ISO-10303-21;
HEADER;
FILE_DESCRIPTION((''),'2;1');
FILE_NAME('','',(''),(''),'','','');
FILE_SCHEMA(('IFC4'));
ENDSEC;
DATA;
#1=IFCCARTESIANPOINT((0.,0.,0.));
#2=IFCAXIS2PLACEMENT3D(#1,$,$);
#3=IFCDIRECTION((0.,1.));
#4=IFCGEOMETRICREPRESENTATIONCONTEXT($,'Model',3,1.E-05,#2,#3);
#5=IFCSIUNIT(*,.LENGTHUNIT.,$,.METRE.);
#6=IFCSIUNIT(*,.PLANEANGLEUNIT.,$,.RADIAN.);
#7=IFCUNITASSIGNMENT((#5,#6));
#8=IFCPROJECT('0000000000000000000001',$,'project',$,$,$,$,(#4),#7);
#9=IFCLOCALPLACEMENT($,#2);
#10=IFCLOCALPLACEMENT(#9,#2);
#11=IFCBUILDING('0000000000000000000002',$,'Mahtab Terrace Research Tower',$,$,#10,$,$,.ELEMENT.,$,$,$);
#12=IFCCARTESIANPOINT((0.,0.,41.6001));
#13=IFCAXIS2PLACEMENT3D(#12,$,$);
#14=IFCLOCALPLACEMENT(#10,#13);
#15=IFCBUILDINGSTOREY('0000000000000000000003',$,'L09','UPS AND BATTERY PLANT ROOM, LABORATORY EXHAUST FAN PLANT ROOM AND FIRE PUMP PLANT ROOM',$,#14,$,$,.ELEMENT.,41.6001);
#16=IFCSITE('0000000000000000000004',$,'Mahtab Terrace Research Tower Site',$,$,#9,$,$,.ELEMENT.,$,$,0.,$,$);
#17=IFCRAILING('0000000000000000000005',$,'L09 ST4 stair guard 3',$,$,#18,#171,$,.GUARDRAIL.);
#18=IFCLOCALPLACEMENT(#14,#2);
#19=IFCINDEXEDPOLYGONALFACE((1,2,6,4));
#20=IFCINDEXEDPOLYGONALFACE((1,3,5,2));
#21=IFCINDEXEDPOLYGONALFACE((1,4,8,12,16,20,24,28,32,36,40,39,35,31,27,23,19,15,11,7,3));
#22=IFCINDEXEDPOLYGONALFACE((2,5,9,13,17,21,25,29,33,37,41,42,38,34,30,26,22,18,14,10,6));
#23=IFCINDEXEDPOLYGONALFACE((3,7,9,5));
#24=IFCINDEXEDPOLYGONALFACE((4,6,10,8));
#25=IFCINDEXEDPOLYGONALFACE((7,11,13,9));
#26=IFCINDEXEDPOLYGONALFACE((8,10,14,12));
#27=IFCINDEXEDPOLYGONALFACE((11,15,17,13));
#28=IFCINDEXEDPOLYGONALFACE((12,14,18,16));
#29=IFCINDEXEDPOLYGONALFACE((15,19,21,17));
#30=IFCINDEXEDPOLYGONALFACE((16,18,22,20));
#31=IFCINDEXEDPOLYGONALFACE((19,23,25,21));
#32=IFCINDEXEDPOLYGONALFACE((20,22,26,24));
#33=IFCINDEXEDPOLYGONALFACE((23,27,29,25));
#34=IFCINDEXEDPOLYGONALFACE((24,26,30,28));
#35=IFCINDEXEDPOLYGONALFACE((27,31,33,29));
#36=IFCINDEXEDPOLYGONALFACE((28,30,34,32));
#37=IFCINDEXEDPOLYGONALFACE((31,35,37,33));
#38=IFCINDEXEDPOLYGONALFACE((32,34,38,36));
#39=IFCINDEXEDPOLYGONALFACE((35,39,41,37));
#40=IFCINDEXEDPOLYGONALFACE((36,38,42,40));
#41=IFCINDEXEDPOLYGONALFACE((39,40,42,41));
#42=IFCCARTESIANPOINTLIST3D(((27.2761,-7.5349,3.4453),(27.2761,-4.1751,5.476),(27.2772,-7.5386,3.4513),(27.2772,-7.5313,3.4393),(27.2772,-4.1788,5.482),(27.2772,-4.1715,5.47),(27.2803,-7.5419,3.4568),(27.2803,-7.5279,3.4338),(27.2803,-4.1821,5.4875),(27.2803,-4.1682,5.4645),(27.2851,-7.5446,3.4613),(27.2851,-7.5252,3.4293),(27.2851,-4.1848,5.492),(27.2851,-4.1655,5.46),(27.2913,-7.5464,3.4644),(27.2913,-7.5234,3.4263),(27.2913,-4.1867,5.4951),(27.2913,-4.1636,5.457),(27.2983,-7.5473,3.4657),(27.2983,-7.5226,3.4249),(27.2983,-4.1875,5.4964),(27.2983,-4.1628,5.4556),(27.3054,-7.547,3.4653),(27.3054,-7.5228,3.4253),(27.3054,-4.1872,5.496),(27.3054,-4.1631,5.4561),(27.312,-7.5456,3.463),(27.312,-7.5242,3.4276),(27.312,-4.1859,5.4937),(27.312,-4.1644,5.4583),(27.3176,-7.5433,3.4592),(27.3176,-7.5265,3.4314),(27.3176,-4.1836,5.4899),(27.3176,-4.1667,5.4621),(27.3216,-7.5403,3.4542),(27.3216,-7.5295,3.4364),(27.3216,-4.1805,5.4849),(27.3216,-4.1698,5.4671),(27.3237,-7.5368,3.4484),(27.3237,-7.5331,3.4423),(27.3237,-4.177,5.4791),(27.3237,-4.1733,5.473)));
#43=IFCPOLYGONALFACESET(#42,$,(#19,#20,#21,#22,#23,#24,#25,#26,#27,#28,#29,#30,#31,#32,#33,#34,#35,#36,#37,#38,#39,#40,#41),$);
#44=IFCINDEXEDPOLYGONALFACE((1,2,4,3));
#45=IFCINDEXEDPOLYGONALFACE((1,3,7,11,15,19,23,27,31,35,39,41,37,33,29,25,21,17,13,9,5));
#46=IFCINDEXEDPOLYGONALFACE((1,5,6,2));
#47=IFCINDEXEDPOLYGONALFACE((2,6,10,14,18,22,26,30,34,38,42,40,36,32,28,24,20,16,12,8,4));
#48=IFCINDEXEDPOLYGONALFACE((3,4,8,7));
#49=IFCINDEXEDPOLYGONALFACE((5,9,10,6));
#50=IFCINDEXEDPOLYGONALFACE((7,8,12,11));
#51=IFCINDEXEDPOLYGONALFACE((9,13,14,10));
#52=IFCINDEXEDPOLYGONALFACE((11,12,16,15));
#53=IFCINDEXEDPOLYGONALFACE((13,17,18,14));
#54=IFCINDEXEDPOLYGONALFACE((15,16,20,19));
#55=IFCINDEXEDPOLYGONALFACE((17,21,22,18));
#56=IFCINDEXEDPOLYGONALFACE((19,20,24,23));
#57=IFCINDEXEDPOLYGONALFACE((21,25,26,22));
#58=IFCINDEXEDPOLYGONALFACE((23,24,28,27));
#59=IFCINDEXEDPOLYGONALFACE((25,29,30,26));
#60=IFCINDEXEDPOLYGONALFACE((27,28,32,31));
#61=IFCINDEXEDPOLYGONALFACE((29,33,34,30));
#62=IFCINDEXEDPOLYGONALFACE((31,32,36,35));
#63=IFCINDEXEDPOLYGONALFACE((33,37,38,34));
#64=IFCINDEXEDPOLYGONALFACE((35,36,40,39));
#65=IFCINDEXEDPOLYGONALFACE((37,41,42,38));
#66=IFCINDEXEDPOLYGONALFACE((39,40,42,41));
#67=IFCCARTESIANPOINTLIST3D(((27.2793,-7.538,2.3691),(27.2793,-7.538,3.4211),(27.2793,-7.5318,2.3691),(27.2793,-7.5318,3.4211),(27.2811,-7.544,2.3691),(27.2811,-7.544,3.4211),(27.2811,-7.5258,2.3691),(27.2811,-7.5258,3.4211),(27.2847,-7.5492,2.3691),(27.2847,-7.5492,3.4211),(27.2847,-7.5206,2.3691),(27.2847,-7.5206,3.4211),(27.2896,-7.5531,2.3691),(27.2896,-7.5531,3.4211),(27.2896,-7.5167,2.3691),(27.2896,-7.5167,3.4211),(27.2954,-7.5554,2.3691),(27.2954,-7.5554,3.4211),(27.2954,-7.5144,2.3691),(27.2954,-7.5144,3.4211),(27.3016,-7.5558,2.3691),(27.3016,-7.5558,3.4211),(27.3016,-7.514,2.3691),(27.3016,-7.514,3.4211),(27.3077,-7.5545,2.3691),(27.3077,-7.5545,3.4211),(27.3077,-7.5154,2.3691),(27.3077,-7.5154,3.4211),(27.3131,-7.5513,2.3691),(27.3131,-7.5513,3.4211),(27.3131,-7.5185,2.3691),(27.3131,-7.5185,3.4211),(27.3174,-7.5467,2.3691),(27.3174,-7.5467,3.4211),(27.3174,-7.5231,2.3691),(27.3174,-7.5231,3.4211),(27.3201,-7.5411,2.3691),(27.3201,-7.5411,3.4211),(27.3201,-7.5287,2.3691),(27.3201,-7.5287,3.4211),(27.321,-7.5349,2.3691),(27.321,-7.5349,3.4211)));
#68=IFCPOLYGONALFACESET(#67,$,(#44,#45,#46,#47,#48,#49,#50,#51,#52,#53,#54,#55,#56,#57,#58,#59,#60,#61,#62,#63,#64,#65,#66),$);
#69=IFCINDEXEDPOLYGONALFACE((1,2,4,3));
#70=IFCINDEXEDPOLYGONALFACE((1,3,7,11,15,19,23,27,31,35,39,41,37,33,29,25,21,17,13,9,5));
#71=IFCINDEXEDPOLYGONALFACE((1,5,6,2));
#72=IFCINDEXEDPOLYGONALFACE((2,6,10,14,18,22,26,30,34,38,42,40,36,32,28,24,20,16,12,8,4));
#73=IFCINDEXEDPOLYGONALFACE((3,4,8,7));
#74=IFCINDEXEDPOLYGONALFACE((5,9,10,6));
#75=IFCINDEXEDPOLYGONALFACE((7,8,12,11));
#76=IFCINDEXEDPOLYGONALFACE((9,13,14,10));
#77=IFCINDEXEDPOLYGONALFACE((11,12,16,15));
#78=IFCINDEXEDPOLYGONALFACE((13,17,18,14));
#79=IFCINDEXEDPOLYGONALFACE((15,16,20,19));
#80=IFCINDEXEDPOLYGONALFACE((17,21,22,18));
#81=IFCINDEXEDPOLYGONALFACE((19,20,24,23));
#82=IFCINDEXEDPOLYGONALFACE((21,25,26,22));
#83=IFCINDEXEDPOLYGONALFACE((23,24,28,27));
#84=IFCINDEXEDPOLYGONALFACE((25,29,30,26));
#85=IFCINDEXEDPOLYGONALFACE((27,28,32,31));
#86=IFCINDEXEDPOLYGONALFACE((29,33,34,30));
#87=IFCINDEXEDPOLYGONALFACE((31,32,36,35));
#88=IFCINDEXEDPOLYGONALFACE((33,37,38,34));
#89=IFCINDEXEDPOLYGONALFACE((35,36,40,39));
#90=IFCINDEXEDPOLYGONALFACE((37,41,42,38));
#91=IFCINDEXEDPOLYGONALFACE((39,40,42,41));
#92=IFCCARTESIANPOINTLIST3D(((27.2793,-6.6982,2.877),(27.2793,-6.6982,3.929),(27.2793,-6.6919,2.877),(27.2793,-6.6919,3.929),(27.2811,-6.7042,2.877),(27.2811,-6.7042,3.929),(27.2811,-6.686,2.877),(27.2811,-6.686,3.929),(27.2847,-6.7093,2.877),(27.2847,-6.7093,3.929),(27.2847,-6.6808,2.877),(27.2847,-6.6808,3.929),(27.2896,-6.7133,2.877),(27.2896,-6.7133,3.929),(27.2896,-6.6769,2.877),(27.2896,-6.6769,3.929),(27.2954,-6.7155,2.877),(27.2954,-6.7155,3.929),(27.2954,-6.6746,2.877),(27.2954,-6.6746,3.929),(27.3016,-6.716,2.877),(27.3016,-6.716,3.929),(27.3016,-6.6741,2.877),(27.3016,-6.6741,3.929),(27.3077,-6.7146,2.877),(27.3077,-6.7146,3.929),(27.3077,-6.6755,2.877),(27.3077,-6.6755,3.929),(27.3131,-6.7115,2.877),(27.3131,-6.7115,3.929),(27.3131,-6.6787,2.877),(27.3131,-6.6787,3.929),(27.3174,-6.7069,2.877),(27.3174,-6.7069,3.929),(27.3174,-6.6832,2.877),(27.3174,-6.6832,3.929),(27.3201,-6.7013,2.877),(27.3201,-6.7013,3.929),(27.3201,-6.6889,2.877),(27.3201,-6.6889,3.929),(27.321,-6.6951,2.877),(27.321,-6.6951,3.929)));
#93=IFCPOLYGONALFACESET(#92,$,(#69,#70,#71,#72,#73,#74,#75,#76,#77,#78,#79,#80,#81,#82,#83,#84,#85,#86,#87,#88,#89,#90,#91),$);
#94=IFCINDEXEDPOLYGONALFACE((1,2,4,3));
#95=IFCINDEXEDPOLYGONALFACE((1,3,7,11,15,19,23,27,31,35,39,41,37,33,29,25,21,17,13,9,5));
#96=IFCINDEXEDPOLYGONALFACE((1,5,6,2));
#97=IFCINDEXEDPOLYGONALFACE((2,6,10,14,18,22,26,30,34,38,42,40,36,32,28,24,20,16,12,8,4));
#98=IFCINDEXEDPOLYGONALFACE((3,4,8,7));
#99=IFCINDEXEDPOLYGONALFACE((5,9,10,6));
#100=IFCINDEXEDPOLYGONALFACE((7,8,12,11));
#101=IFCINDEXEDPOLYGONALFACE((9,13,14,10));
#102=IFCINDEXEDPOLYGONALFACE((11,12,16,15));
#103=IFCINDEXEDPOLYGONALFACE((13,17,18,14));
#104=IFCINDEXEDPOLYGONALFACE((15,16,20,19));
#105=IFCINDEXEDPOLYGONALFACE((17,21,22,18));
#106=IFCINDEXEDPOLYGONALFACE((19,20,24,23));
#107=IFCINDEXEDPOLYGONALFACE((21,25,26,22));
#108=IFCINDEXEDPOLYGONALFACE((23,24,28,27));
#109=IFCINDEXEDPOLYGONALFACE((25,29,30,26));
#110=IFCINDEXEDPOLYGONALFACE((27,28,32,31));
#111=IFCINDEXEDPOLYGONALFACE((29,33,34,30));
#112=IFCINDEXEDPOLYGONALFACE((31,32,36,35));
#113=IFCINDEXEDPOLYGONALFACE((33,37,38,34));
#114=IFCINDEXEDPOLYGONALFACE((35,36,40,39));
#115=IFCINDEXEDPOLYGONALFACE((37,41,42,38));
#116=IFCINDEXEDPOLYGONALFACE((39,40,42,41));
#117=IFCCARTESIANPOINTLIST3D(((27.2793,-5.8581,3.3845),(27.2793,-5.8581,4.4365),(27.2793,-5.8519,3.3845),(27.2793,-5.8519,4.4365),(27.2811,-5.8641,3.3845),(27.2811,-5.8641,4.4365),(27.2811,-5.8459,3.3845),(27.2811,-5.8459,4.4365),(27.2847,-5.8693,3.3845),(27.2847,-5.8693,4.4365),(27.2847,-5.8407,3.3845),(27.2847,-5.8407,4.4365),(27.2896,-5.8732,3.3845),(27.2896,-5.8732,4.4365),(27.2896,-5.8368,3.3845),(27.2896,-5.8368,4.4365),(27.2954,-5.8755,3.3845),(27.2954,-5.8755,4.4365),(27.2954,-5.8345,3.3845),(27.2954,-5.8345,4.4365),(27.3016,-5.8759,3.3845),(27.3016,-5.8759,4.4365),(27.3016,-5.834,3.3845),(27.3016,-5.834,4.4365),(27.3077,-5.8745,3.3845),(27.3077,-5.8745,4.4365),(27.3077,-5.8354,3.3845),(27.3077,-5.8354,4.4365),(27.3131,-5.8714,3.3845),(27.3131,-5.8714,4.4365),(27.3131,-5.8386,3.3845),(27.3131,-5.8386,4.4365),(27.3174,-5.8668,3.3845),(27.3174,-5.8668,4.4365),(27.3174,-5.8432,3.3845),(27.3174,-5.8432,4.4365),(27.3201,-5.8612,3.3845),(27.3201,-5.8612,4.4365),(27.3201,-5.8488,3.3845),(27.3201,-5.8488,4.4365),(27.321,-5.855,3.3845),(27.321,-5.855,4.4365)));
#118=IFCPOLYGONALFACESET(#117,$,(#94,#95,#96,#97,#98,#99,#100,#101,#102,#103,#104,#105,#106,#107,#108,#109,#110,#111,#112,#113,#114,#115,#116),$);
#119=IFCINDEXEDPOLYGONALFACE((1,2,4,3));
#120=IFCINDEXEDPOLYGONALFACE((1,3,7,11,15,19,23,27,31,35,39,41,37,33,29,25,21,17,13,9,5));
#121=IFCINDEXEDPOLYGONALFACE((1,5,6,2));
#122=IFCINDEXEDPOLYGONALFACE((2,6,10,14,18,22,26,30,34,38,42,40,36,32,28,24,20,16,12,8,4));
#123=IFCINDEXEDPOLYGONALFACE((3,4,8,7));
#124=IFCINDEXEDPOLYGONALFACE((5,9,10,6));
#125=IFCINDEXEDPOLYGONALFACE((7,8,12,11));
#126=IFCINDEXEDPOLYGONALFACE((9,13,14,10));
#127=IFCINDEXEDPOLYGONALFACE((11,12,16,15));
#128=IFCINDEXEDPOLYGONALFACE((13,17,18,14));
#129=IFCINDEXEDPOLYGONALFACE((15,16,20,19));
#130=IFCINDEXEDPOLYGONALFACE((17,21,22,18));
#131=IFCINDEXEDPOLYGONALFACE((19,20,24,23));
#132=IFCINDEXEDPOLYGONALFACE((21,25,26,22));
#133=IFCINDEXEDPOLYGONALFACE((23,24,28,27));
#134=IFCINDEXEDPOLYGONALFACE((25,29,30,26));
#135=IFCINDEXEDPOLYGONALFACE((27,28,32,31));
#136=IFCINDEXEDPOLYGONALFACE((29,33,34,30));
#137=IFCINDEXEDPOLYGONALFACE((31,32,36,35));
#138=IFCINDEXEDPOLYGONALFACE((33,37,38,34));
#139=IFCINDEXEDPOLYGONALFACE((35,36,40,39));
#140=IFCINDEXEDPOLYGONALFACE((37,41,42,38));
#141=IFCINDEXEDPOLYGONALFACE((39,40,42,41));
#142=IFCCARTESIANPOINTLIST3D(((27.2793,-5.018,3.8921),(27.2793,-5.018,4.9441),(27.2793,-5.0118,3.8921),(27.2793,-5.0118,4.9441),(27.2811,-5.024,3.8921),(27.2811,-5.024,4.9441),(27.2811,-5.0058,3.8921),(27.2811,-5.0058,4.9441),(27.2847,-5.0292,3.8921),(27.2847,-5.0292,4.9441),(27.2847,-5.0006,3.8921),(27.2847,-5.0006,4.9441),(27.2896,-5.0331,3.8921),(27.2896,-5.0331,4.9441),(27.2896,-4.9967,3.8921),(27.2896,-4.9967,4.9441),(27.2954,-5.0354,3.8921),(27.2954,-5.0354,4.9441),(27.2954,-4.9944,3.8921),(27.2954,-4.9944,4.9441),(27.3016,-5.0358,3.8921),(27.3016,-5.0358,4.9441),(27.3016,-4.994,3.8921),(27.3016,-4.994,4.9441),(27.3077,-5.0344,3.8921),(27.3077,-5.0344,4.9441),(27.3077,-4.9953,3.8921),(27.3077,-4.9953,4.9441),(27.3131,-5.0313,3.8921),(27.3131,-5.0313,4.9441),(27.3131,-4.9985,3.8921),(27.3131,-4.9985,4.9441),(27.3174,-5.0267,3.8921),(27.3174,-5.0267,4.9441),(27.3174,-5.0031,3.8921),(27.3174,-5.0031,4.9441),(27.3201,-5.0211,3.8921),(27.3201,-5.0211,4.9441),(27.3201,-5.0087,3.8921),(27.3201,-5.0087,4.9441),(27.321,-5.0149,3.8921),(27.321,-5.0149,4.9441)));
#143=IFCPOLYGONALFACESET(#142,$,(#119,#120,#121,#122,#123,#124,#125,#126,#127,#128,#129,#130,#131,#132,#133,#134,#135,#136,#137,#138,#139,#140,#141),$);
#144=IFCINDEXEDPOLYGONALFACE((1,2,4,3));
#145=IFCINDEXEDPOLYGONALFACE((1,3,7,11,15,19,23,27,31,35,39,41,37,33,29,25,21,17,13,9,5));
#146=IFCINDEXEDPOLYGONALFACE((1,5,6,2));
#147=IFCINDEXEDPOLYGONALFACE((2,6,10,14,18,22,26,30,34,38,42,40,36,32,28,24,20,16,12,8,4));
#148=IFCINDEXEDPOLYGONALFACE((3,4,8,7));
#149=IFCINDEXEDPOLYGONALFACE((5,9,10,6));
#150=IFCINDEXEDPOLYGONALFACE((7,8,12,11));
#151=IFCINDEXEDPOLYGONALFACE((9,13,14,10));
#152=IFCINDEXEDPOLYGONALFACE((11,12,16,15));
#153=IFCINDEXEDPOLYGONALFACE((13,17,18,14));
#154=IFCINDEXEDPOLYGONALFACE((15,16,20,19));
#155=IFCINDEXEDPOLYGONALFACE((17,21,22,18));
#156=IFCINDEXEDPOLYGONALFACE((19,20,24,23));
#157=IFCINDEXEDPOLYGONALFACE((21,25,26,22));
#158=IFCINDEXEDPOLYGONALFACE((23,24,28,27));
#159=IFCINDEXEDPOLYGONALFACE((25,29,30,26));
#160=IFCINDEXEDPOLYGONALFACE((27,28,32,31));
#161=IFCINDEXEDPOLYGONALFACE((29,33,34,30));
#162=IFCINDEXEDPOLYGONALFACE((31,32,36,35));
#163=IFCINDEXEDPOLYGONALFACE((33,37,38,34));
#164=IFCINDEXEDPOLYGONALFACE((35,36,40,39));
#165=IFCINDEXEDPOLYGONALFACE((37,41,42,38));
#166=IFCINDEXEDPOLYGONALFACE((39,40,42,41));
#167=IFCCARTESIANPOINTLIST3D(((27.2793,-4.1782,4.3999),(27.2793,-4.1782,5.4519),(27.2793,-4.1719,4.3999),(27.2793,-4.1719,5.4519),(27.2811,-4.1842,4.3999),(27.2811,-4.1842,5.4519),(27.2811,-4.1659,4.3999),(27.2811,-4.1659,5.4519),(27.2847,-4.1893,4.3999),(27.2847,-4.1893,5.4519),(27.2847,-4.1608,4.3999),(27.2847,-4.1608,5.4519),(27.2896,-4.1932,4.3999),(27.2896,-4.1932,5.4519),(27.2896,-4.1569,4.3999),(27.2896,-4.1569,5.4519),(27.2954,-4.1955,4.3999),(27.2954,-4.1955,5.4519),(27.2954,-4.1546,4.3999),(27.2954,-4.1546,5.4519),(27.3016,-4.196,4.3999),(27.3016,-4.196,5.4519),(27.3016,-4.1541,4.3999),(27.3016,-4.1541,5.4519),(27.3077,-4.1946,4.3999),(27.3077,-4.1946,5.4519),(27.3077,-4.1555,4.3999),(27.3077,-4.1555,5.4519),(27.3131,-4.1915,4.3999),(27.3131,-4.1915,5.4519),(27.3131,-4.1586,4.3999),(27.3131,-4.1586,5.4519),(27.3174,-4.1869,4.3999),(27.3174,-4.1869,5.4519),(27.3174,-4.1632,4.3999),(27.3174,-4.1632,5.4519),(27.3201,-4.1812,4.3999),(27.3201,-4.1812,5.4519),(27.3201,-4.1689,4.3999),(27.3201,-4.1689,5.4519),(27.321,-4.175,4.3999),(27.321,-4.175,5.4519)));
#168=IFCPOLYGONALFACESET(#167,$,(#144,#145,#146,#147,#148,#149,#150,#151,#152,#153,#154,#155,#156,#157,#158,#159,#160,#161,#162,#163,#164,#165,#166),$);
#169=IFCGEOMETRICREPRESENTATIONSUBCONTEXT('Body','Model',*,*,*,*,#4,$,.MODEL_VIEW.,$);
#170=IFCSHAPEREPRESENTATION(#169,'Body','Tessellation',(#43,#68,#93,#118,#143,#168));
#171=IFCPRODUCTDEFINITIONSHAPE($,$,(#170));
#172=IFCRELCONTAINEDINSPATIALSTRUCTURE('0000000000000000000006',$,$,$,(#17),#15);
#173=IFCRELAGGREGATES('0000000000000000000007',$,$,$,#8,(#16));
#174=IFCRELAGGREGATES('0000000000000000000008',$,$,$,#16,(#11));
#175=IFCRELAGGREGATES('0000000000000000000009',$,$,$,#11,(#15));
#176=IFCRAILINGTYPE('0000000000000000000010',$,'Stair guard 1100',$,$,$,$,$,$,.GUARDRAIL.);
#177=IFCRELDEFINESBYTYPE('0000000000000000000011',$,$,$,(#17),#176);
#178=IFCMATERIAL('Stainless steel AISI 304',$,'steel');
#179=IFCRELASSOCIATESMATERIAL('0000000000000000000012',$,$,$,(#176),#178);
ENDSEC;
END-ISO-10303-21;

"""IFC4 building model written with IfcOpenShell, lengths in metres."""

from ifc_helpers import new_model, si_unit, direction, frame, origin, origin_2d, place, context, subcontext, project, spatial, circle, extrude, material, type_object, element, save


model = new_model("IFC4")

# Units and contexts
model_context = context("Model", 3, precision=1e-05, world=origin(), true_north=direction((0.0, 1.0)))
body_context = subcontext(model_context, "Body", "Model", "MODEL_VIEW")
ifc_project = project(units=[si_unit("LENGTHUNIT", "METRE"), si_unit("PLANEANGLEUNIT", "RADIAN")], contexts=[model_context])

# Site, building, storey
site_placement = place(None, origin())
site = spatial("IfcSite", under=ifc_project, at=site_placement, Name="Mahtab Terrace Research Tower Site", CompositionType="ELEMENT", RefElevation=0.0)
building_placement = place(site_placement, origin())
building = spatial("IfcBuilding", under=site, at=building_placement, Name="Mahtab Terrace Research Tower", CompositionType="ELEMENT")
storey_placement = place(building_placement, frame((0.0, 0.0, 41.6001)))
storey = spatial("IfcBuildingStorey", under=building, at=storey_placement, Name="L09", Description="UPS AND BATTERY PLANT ROOM, LABORATORY EXHAUST FAN PLANT ROOM AND FIRE PUMP PLANT ROOM", CompositionType="ELEMENT", Elevation=41.6001)

# Railing
ifc_material_1 = material(Name="Stainless steel AISI 304", Category="steel")
railing_type_1 = type_object("IfcRailingType", Name="Stair guard 1100", PredefinedType="GUARDRAIL", material=ifc_material_1)
railing_1_placement = place(storey_placement, frame((27.3, -7.5349, 2.3691)))
element("IfcRailing", 1, at=railing_1_placement, inside=storey, type_object=railing_type_1, Name="L09 ST4 stair guard 3", PredefinedType="GUARDRAIL", context=body_context, shape_type="SweptSolid", body=[
    extrude(circle(Radius=0.0239, at=origin_2d()), frame((0.0, 0.0, 1.0762), z_axis=(0.0, 0.85582, 0.517273), x_axis=(-1.0, 0.0, 0.0)), (0.0, 0.0, 1.0), 3.9258),
    extrude(circle(Radius=0.021, at=origin_2d()), origin(), (0.0, 0.0, 1.0), 1.052),
    extrude(circle(Radius=0.021, at=origin_2d()), frame((0.0, 0.8398, 0.5078)), (0.0, 0.0, 1.0), 1.052),
    extrude(circle(Radius=0.021, at=origin_2d()), frame((0.0, 1.6799, 1.0154)), (0.0, 0.0, 1.0), 1.052),
    extrude(circle(Radius=0.021, at=origin_2d()), frame((0.0, 2.52, 1.5229)), (0.0, 0.0, 1.0), 1.052),
    extrude(circle(Radius=0.021, at=origin_2d()), frame((0.0, 3.3599, 2.0308)), (0.0, 0.0, 1.0), 1.052),
])

save(model, "model.ifc")
